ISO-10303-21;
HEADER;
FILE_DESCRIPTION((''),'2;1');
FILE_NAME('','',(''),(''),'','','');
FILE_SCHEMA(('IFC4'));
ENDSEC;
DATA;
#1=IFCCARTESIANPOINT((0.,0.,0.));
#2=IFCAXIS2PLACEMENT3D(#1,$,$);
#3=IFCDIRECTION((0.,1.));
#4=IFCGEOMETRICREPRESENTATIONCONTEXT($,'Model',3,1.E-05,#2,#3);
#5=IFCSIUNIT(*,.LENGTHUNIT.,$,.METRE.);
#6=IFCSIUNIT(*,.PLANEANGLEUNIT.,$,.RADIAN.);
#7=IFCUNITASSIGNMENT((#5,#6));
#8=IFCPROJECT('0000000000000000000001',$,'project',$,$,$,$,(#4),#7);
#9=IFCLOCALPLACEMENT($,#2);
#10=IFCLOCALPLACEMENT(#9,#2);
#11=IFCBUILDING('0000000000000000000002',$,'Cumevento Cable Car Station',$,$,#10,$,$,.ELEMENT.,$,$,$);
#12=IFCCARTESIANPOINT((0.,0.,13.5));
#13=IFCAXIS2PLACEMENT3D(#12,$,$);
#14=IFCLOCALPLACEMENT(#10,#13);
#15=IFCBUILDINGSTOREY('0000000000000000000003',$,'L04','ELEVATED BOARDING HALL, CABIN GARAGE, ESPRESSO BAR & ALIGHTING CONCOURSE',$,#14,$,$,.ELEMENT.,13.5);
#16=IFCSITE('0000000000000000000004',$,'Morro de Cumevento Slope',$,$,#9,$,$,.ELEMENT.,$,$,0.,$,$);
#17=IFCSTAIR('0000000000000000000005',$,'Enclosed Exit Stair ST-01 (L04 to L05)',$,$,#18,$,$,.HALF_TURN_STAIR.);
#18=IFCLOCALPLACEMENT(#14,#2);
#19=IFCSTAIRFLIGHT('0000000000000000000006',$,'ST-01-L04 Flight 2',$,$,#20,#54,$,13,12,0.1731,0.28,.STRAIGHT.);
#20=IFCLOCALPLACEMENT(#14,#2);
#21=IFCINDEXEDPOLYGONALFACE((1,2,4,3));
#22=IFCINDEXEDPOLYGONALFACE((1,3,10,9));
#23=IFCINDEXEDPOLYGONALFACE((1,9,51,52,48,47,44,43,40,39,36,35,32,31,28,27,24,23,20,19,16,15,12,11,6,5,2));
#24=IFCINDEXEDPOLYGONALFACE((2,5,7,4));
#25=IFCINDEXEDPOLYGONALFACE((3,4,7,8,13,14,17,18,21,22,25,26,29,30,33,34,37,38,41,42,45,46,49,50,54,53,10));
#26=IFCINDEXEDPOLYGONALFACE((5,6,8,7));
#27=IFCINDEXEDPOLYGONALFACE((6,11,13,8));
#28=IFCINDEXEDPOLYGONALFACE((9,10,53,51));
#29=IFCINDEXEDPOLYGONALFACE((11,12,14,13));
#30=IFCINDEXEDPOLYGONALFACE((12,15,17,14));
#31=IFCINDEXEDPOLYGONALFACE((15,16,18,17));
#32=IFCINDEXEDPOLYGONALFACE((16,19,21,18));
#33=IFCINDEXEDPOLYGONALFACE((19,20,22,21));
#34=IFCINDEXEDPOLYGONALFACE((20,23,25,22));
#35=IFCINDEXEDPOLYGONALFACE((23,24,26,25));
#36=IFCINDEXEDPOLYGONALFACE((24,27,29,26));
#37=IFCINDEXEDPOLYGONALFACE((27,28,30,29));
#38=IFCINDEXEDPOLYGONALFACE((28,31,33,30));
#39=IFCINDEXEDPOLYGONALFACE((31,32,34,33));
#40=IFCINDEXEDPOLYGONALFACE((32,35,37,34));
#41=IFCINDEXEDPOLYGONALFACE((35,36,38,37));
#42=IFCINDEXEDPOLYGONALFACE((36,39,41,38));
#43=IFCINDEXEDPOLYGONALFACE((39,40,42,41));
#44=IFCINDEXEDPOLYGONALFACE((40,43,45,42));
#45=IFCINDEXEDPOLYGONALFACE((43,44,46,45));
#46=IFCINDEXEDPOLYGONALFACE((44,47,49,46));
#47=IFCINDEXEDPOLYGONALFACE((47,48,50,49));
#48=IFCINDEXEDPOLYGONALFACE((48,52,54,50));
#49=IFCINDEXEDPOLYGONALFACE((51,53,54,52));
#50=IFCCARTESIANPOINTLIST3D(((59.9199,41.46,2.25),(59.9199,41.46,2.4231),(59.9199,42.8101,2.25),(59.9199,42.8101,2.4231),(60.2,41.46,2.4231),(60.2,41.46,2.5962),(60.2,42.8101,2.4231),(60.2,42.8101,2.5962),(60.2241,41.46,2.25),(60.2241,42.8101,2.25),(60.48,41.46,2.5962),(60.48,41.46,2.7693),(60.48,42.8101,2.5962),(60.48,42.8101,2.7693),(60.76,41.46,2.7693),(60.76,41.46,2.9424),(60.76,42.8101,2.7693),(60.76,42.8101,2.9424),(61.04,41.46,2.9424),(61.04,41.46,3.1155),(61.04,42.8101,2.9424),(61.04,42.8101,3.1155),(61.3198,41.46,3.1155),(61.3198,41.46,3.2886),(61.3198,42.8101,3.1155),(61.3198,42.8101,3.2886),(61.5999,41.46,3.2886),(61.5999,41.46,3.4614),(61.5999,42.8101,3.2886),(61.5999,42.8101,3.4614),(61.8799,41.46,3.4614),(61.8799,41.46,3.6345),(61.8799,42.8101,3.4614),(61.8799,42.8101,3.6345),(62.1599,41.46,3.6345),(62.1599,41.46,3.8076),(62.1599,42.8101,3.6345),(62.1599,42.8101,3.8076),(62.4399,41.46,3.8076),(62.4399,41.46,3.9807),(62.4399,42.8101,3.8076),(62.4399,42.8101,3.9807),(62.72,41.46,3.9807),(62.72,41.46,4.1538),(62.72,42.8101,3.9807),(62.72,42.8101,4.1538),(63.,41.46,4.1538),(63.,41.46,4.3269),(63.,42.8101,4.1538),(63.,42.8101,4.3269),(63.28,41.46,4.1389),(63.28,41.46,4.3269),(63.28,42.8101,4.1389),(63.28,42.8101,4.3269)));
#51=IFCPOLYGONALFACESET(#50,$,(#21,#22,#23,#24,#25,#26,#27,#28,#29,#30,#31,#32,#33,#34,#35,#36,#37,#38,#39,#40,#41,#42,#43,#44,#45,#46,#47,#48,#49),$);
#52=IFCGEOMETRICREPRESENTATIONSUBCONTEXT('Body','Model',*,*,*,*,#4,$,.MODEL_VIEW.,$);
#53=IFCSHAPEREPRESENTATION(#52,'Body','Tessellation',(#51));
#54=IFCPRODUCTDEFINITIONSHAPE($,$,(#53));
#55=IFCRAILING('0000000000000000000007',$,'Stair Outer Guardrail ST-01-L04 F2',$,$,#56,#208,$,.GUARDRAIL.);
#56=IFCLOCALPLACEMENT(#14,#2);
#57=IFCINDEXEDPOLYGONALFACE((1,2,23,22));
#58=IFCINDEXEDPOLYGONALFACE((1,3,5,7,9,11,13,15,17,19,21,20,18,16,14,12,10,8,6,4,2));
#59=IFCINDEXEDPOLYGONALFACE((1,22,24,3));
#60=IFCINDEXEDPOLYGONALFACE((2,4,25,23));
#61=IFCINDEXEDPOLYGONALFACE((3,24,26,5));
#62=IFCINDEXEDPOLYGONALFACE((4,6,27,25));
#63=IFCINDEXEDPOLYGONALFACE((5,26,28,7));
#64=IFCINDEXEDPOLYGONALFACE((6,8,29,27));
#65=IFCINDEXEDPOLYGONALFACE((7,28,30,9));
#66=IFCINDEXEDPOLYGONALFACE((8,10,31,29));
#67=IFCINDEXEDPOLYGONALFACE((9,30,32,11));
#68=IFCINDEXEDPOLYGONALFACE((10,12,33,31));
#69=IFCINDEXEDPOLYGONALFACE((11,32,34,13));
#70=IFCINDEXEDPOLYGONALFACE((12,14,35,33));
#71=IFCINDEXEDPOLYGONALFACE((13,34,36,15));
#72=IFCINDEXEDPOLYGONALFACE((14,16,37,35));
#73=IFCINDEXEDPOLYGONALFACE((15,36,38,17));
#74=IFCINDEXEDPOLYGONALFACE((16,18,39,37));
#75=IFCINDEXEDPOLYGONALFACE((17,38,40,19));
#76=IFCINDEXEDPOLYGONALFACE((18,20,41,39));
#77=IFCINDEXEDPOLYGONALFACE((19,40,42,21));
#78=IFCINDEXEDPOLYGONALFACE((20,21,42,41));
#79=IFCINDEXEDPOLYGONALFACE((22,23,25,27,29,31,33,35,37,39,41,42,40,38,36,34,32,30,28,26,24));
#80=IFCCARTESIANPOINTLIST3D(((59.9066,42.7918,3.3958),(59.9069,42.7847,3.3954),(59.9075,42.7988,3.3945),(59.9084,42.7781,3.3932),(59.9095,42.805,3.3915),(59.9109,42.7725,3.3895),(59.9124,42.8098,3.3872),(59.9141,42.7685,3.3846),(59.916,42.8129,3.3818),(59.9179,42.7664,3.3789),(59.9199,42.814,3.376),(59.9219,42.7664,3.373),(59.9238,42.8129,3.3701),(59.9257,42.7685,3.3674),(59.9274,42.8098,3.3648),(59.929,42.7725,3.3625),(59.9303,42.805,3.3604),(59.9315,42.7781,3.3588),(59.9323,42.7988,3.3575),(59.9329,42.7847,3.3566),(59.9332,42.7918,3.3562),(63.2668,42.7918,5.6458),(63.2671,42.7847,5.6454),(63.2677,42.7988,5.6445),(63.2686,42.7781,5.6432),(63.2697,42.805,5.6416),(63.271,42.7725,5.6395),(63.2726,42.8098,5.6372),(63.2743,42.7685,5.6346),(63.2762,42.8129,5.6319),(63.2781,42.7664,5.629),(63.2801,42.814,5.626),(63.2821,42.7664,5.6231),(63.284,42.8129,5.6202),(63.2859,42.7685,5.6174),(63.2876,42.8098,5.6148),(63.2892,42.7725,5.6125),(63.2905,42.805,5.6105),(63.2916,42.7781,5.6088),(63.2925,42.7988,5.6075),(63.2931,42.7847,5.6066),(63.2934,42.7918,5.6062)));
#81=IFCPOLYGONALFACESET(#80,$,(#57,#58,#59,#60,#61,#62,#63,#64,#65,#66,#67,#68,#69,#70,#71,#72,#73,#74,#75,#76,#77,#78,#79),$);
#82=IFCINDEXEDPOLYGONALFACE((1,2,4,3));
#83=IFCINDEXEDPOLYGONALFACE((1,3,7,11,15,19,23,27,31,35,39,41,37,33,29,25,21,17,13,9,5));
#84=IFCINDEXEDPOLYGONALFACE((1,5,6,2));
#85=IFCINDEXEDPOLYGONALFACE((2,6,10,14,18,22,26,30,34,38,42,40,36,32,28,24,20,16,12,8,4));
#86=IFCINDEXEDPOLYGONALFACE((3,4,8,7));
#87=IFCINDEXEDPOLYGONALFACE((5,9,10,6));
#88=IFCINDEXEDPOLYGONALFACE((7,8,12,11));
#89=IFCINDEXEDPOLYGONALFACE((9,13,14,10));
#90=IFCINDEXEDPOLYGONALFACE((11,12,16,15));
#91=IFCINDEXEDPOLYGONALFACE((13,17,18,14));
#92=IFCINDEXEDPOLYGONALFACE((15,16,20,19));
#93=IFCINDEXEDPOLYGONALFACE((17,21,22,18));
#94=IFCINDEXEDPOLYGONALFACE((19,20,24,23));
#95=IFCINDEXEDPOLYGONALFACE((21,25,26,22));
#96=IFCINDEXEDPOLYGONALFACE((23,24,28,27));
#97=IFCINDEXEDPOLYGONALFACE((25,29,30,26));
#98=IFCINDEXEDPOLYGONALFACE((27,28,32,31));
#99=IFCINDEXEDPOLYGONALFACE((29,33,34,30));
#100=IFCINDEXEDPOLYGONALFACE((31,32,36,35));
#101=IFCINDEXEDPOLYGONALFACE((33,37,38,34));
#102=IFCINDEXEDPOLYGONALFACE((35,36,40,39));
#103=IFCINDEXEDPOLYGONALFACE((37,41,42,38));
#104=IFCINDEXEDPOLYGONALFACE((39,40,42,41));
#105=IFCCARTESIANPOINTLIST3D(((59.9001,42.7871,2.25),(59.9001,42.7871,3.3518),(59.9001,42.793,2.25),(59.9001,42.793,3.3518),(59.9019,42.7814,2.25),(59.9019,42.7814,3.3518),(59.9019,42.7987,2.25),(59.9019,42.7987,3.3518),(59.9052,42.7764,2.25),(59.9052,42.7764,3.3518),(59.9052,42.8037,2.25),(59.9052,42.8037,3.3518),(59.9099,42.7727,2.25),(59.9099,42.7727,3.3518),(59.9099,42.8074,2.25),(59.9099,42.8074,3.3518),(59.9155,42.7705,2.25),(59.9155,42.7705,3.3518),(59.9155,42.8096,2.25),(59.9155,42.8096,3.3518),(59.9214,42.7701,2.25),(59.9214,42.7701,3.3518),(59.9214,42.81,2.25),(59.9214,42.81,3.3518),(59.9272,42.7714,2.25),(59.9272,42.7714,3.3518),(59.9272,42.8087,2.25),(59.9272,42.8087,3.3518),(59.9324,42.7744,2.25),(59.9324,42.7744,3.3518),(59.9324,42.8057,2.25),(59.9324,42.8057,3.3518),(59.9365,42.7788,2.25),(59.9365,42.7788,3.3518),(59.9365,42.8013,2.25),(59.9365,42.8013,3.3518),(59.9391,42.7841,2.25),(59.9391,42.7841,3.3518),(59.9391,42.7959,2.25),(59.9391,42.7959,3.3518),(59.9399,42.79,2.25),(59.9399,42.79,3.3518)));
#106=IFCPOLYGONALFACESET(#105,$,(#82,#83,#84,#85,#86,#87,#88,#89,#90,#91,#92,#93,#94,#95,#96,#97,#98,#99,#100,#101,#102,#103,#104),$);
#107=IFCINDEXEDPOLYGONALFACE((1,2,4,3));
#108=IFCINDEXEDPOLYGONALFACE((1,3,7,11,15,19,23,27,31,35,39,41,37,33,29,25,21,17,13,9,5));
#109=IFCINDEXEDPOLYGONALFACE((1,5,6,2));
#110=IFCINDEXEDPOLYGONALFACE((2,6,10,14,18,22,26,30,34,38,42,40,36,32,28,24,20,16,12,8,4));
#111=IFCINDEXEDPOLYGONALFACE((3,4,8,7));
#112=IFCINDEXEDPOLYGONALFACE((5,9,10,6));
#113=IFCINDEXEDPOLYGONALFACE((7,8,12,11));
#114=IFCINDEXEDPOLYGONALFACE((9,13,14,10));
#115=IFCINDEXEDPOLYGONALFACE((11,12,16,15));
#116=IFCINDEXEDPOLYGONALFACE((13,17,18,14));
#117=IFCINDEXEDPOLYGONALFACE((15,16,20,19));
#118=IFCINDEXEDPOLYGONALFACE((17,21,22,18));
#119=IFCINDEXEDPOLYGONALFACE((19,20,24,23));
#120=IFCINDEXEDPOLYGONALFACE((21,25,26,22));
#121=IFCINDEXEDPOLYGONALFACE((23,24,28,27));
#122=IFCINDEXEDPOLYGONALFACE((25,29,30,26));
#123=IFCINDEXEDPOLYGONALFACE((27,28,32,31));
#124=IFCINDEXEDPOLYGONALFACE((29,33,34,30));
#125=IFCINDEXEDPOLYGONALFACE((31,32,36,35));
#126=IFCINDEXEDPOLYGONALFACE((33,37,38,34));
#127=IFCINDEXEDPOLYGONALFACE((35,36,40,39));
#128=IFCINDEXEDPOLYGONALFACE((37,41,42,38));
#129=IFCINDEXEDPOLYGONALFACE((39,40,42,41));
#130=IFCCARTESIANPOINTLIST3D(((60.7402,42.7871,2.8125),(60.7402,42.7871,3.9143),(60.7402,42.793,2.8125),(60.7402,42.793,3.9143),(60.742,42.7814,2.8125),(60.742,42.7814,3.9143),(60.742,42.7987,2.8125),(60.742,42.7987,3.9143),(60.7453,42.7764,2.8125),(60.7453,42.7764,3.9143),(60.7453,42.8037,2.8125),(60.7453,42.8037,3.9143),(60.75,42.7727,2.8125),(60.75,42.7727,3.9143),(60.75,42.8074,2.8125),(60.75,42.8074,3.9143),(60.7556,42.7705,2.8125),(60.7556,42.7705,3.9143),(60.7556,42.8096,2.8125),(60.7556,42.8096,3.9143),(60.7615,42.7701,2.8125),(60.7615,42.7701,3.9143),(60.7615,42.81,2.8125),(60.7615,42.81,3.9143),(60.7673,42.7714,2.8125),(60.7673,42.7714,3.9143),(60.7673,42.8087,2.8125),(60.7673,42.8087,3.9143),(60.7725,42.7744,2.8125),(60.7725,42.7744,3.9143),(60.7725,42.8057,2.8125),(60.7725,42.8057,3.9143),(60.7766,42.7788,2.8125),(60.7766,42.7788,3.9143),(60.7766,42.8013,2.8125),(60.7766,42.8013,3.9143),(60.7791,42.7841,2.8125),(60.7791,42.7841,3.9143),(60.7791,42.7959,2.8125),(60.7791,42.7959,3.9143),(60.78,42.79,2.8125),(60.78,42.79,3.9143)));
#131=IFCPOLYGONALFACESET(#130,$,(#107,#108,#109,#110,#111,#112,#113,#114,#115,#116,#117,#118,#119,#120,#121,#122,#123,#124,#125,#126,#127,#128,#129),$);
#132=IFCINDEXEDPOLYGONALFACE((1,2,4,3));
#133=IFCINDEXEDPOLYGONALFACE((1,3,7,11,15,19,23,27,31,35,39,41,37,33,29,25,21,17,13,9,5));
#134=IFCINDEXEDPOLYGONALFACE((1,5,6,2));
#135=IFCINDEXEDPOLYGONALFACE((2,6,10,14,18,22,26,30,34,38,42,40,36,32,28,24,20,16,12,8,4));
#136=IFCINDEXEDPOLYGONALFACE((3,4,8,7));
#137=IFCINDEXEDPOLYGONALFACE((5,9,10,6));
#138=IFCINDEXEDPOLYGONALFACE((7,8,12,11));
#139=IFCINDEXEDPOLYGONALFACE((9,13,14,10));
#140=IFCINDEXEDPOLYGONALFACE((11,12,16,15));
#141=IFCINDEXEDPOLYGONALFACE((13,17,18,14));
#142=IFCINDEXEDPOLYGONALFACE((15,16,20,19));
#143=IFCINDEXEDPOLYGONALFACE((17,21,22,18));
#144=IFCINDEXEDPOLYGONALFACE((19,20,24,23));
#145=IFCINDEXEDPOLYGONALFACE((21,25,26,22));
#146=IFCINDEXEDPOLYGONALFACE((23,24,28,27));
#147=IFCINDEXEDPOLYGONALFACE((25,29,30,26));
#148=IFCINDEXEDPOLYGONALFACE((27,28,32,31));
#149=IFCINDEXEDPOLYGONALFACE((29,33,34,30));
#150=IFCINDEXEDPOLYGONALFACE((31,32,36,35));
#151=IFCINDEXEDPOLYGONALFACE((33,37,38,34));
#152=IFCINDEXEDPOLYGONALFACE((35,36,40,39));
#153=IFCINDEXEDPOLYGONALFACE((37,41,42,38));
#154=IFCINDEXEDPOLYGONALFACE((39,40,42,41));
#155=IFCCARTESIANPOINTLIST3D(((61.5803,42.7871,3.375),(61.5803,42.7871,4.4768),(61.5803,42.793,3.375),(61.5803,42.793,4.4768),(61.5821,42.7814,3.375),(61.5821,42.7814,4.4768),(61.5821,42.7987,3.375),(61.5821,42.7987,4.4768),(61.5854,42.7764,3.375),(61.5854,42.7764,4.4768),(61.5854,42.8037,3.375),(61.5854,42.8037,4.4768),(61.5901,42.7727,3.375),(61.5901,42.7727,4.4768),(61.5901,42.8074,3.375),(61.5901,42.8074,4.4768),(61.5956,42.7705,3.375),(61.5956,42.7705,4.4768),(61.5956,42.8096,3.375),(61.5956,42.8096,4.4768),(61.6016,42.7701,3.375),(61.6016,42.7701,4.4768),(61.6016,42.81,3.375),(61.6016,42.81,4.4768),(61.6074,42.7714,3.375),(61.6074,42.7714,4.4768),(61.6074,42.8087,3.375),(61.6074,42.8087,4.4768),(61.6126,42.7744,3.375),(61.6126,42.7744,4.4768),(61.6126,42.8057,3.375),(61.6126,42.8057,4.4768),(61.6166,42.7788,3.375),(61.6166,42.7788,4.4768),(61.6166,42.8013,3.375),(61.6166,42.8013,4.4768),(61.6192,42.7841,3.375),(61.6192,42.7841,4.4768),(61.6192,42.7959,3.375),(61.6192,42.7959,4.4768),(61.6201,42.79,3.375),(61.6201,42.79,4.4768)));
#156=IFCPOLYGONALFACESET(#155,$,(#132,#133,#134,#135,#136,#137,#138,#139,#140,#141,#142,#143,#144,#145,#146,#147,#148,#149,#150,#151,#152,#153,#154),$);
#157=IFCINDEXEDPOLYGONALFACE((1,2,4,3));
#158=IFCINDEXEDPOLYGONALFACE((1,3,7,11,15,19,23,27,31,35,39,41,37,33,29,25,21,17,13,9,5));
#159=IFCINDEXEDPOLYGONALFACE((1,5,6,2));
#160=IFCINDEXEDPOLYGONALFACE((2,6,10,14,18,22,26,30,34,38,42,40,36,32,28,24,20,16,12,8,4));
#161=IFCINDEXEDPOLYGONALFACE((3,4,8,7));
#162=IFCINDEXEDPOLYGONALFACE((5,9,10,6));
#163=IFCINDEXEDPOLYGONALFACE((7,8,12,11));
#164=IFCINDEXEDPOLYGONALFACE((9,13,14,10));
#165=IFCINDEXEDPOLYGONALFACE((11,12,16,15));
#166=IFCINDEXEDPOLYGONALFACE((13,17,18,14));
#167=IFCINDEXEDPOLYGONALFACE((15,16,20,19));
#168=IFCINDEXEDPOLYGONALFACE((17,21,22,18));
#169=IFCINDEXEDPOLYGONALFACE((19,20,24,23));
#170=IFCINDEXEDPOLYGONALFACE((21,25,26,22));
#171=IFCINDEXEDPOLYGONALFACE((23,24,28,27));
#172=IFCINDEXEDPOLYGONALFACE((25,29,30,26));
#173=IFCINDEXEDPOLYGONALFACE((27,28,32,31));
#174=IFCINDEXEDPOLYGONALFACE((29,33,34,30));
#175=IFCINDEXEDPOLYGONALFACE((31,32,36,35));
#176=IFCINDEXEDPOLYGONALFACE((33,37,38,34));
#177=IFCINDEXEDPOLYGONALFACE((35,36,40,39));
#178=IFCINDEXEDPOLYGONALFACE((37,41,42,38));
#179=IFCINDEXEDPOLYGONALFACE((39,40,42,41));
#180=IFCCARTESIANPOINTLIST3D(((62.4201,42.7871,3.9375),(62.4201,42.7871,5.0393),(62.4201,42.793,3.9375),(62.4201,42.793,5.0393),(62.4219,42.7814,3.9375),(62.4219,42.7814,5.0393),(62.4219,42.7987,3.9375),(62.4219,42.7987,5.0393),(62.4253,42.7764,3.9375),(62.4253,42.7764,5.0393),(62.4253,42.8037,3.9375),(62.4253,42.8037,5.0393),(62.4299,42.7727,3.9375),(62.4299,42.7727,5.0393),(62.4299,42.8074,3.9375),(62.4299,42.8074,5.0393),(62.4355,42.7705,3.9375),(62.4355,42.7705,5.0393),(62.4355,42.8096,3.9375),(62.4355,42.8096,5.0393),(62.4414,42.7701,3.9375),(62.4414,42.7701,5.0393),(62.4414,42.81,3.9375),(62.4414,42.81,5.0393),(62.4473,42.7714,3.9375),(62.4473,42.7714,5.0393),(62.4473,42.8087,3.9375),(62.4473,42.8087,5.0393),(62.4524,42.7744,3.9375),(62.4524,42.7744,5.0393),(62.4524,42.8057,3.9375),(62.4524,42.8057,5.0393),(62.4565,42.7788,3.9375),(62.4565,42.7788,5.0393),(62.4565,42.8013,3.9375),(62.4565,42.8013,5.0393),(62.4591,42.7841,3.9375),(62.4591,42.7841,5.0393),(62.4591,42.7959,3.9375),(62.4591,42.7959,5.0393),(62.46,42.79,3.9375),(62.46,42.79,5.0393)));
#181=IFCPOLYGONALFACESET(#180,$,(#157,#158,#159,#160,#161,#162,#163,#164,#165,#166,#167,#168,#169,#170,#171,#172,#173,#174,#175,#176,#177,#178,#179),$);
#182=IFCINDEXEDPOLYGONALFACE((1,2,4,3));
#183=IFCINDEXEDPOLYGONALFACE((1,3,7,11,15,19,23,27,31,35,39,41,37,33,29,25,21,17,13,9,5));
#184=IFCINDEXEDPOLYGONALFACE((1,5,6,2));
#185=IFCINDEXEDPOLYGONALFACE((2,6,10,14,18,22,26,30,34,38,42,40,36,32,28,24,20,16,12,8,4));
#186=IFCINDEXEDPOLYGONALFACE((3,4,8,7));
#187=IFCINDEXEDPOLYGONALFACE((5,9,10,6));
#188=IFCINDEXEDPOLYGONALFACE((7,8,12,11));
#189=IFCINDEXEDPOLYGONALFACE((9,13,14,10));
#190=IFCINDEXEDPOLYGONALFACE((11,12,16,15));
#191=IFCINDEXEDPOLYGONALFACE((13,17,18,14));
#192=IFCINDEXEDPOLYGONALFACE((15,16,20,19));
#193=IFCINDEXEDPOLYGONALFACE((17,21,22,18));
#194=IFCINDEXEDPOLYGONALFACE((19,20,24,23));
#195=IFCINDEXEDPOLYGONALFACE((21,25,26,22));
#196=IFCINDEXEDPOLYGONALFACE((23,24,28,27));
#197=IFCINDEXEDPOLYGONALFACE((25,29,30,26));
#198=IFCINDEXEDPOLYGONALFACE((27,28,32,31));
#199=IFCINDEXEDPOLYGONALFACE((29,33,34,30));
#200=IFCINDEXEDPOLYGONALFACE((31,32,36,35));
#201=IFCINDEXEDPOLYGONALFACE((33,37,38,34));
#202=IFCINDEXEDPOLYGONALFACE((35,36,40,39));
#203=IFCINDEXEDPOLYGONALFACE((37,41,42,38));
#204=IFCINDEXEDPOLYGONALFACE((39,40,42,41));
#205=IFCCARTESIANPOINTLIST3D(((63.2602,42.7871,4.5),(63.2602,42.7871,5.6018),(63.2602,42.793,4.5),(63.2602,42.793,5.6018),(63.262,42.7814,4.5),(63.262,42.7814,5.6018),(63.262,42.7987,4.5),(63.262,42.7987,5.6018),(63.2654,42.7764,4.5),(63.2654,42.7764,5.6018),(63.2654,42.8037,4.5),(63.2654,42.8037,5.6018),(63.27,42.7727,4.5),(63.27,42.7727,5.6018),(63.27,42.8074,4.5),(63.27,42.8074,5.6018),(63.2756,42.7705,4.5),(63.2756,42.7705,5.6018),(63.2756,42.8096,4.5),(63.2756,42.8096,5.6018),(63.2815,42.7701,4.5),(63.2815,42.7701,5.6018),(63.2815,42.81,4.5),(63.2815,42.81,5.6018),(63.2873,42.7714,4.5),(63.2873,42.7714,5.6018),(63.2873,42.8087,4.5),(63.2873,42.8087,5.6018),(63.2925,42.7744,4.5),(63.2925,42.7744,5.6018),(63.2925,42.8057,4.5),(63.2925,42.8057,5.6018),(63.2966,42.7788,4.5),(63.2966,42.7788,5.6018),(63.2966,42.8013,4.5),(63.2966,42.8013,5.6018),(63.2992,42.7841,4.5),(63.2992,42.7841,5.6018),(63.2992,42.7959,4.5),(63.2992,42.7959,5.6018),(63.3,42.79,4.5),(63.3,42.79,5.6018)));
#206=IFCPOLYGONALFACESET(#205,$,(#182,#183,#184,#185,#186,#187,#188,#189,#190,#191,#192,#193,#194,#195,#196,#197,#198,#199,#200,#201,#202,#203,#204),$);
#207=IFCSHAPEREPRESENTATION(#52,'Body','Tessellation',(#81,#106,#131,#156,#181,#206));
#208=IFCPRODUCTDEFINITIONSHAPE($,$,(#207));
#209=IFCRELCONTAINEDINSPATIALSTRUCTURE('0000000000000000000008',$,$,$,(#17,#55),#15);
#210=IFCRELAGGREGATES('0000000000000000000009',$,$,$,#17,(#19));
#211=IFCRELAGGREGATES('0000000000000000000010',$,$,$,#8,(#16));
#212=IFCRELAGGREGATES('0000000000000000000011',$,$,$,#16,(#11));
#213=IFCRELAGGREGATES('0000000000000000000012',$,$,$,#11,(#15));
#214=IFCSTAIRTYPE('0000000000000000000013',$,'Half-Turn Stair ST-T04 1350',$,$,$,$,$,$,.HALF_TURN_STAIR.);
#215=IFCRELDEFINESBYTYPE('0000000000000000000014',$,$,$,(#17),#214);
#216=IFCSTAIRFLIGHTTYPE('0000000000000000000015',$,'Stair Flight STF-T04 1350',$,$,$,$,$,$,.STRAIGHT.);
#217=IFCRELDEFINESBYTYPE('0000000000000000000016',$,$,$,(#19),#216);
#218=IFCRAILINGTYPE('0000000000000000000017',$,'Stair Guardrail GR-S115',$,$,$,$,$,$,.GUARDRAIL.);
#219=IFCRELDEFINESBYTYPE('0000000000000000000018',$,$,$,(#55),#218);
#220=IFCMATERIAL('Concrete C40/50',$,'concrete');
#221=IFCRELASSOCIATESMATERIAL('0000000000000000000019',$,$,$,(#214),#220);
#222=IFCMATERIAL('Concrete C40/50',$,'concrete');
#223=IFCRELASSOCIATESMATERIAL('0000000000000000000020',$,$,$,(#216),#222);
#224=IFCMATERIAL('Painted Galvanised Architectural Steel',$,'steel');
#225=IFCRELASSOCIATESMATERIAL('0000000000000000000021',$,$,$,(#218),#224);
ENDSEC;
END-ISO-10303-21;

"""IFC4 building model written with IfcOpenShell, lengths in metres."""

from ifc_helpers import new_model, si_unit, direction, frame, origin, origin_2d, place, context, subcontext, project, spatial, polyline, circle, outline, extrude, material, type_object, element, aggregate, save


model = new_model("IFC4")

# Units and contexts
model_context = context("Model", 3, precision=1e-05, world=origin(), true_north=direction((0.0, 1.0)))
body_context = subcontext(model_context, "Body", "Model", "MODEL_VIEW")
ifc_project = project(units=[si_unit("LENGTHUNIT", "METRE"), si_unit("PLANEANGLEUNIT", "RADIAN")], contexts=[model_context])

# Site, building, storey
site_placement = place(None, origin())
site = spatial("IfcSite", under=ifc_project, at=site_placement, Name="Morro de Cumevento Slope", CompositionType="ELEMENT", RefElevation=0.0)
building_placement = place(site_placement, origin())
building = spatial("IfcBuilding", under=site, at=building_placement, Name="Cumevento Cable Car Station", CompositionType="ELEMENT")
storey_placement = place(building_placement, frame((0.0, 0.0, 13.5)))
storey = spatial("IfcBuildingStorey", under=building, at=storey_placement, Name="L04", Description="ELEVATED BOARDING HALL, CABIN GARAGE, ESPRESSO BAR & ALIGHTING CONCOURSE", CompositionType="ELEMENT", Elevation=13.5)

# Stair, stair flight
ifc_material_1 = material(Name="Concrete C40/50", Category="concrete")
stair_type = type_object("IfcStairType", Name="Half-Turn Stair ST-T04 1350", PredefinedType="HALF_TURN_STAIR", material=ifc_material_1)
stair_placement = place(storey_placement, origin())
stair = element("IfcStair", 1, at=stair_placement, inside=storey, type_object=stair_type, Name="Enclosed Exit Stair ST-01 (L04 to L05)", PredefinedType="HALF_TURN_STAIR")
ifc_material_2 = material(Name="Concrete C40/50", Category="concrete")
stair_flight_type = type_object("IfcStairFlightType", Name="Stair Flight STF-T04 1350", PredefinedType="STRAIGHT", material=ifc_material_2)
stair_flight_placement = place(storey_placement, frame((59.9199, 42.135, 2.25), z_axis=(0.0, 0.0, 1.0), x_axis=(1.0, 0.0, 0.0)))
stair_flight = element("IfcStairFlight", 2, at=stair_flight_placement, type_object=stair_flight_type, Name="ST-01-L04 Flight 2", NumberOfRisers=13, NumberOfTreads=12, PredefinedType="STRAIGHT", RiserHeight=0.1731, TreadLength=0.28, context=body_context, shape_type="SweptSolid", body=[
    extrude(outline(polyline([(0.0, 0.0), (0.0, 0.1731), (0.28, 0.1731), (0.28, 0.3462), (0.5601, 0.3462), (0.5601, 0.5193), (0.8401, 0.5193), (0.8401, 0.6924), (1.1201, 0.6924), (1.1201, 0.8655), (1.3999, 0.8655), (1.3999, 1.0386), (1.6799, 1.0386), (1.6799, 1.2114), (1.96, 1.2114), (1.96, 1.3845), (2.24, 1.3845), (2.24, 1.5576), (2.52, 1.5576), (2.52, 1.7307), (2.8, 1.7307), (2.8, 1.9038), (3.0801, 1.9038), (3.0801, 2.0769), (3.3601, 2.0769), (3.3601, 2.25), (3.3601, 1.8889), (0.3042, 0.0), (0.0, 0.0)])), frame((0.0, 0.675, 0.0), z_axis=(0.0, -1.0, 0.0), x_axis=(1.0, 0.0, 0.0)), (0.0, 0.0, 1.0), 1.3501),
])
aggregate(stair, [stair_flight])

# Railing
ifc_material_3 = material(Name="Painted Galvanised Architectural Steel", Category="steel")
railing_type_1 = type_object("IfcRailingType", Name="Stair Guardrail GR-S115", PredefinedType="GUARDRAIL", material=ifc_material_3)
railing_1_placement = place(storey_placement, frame((59.9199, 42.79, 2.25)))
element("IfcRailing", 3, at=railing_1_placement, inside=storey, type_object=railing_type_1, Name="Stair Outer Guardrail ST-01-L04 F2", PredefinedType="GUARDRAIL", context=body_context, shape_type="SweptSolid", body=[
    extrude(circle(Radius=0.0239, at=origin_2d()), frame((0.0, 0.0, 1.126), z_axis=(0.830915, 0.0, 0.556399), x_axis=(0.0, 1.0, 0.0)), (0.0, 0.0, 1.0), 4.0439),
    extrude(circle(Radius=0.02, at=origin_2d()), origin(), (0.0, 0.0, 1.0), 1.1018),
    extrude(circle(Radius=0.02, at=origin_2d()), frame((0.8401, 0.0, 0.5625)), (0.0, 0.0, 1.0), 1.1018),
    extrude(circle(Radius=0.02, at=origin_2d()), frame((1.6802, 0.0, 1.125)), (0.0, 0.0, 1.0), 1.1018),
    extrude(circle(Radius=0.02, at=origin_2d()), frame((2.52, 0.0, 1.6875)), (0.0, 0.0, 1.0), 1.1018),
    extrude(circle(Radius=0.02, at=origin_2d()), frame((3.3601, 0.0, 2.25)), (0.0, 0.0, 1.0), 1.1018),
])

save(model, "model.ifc")
